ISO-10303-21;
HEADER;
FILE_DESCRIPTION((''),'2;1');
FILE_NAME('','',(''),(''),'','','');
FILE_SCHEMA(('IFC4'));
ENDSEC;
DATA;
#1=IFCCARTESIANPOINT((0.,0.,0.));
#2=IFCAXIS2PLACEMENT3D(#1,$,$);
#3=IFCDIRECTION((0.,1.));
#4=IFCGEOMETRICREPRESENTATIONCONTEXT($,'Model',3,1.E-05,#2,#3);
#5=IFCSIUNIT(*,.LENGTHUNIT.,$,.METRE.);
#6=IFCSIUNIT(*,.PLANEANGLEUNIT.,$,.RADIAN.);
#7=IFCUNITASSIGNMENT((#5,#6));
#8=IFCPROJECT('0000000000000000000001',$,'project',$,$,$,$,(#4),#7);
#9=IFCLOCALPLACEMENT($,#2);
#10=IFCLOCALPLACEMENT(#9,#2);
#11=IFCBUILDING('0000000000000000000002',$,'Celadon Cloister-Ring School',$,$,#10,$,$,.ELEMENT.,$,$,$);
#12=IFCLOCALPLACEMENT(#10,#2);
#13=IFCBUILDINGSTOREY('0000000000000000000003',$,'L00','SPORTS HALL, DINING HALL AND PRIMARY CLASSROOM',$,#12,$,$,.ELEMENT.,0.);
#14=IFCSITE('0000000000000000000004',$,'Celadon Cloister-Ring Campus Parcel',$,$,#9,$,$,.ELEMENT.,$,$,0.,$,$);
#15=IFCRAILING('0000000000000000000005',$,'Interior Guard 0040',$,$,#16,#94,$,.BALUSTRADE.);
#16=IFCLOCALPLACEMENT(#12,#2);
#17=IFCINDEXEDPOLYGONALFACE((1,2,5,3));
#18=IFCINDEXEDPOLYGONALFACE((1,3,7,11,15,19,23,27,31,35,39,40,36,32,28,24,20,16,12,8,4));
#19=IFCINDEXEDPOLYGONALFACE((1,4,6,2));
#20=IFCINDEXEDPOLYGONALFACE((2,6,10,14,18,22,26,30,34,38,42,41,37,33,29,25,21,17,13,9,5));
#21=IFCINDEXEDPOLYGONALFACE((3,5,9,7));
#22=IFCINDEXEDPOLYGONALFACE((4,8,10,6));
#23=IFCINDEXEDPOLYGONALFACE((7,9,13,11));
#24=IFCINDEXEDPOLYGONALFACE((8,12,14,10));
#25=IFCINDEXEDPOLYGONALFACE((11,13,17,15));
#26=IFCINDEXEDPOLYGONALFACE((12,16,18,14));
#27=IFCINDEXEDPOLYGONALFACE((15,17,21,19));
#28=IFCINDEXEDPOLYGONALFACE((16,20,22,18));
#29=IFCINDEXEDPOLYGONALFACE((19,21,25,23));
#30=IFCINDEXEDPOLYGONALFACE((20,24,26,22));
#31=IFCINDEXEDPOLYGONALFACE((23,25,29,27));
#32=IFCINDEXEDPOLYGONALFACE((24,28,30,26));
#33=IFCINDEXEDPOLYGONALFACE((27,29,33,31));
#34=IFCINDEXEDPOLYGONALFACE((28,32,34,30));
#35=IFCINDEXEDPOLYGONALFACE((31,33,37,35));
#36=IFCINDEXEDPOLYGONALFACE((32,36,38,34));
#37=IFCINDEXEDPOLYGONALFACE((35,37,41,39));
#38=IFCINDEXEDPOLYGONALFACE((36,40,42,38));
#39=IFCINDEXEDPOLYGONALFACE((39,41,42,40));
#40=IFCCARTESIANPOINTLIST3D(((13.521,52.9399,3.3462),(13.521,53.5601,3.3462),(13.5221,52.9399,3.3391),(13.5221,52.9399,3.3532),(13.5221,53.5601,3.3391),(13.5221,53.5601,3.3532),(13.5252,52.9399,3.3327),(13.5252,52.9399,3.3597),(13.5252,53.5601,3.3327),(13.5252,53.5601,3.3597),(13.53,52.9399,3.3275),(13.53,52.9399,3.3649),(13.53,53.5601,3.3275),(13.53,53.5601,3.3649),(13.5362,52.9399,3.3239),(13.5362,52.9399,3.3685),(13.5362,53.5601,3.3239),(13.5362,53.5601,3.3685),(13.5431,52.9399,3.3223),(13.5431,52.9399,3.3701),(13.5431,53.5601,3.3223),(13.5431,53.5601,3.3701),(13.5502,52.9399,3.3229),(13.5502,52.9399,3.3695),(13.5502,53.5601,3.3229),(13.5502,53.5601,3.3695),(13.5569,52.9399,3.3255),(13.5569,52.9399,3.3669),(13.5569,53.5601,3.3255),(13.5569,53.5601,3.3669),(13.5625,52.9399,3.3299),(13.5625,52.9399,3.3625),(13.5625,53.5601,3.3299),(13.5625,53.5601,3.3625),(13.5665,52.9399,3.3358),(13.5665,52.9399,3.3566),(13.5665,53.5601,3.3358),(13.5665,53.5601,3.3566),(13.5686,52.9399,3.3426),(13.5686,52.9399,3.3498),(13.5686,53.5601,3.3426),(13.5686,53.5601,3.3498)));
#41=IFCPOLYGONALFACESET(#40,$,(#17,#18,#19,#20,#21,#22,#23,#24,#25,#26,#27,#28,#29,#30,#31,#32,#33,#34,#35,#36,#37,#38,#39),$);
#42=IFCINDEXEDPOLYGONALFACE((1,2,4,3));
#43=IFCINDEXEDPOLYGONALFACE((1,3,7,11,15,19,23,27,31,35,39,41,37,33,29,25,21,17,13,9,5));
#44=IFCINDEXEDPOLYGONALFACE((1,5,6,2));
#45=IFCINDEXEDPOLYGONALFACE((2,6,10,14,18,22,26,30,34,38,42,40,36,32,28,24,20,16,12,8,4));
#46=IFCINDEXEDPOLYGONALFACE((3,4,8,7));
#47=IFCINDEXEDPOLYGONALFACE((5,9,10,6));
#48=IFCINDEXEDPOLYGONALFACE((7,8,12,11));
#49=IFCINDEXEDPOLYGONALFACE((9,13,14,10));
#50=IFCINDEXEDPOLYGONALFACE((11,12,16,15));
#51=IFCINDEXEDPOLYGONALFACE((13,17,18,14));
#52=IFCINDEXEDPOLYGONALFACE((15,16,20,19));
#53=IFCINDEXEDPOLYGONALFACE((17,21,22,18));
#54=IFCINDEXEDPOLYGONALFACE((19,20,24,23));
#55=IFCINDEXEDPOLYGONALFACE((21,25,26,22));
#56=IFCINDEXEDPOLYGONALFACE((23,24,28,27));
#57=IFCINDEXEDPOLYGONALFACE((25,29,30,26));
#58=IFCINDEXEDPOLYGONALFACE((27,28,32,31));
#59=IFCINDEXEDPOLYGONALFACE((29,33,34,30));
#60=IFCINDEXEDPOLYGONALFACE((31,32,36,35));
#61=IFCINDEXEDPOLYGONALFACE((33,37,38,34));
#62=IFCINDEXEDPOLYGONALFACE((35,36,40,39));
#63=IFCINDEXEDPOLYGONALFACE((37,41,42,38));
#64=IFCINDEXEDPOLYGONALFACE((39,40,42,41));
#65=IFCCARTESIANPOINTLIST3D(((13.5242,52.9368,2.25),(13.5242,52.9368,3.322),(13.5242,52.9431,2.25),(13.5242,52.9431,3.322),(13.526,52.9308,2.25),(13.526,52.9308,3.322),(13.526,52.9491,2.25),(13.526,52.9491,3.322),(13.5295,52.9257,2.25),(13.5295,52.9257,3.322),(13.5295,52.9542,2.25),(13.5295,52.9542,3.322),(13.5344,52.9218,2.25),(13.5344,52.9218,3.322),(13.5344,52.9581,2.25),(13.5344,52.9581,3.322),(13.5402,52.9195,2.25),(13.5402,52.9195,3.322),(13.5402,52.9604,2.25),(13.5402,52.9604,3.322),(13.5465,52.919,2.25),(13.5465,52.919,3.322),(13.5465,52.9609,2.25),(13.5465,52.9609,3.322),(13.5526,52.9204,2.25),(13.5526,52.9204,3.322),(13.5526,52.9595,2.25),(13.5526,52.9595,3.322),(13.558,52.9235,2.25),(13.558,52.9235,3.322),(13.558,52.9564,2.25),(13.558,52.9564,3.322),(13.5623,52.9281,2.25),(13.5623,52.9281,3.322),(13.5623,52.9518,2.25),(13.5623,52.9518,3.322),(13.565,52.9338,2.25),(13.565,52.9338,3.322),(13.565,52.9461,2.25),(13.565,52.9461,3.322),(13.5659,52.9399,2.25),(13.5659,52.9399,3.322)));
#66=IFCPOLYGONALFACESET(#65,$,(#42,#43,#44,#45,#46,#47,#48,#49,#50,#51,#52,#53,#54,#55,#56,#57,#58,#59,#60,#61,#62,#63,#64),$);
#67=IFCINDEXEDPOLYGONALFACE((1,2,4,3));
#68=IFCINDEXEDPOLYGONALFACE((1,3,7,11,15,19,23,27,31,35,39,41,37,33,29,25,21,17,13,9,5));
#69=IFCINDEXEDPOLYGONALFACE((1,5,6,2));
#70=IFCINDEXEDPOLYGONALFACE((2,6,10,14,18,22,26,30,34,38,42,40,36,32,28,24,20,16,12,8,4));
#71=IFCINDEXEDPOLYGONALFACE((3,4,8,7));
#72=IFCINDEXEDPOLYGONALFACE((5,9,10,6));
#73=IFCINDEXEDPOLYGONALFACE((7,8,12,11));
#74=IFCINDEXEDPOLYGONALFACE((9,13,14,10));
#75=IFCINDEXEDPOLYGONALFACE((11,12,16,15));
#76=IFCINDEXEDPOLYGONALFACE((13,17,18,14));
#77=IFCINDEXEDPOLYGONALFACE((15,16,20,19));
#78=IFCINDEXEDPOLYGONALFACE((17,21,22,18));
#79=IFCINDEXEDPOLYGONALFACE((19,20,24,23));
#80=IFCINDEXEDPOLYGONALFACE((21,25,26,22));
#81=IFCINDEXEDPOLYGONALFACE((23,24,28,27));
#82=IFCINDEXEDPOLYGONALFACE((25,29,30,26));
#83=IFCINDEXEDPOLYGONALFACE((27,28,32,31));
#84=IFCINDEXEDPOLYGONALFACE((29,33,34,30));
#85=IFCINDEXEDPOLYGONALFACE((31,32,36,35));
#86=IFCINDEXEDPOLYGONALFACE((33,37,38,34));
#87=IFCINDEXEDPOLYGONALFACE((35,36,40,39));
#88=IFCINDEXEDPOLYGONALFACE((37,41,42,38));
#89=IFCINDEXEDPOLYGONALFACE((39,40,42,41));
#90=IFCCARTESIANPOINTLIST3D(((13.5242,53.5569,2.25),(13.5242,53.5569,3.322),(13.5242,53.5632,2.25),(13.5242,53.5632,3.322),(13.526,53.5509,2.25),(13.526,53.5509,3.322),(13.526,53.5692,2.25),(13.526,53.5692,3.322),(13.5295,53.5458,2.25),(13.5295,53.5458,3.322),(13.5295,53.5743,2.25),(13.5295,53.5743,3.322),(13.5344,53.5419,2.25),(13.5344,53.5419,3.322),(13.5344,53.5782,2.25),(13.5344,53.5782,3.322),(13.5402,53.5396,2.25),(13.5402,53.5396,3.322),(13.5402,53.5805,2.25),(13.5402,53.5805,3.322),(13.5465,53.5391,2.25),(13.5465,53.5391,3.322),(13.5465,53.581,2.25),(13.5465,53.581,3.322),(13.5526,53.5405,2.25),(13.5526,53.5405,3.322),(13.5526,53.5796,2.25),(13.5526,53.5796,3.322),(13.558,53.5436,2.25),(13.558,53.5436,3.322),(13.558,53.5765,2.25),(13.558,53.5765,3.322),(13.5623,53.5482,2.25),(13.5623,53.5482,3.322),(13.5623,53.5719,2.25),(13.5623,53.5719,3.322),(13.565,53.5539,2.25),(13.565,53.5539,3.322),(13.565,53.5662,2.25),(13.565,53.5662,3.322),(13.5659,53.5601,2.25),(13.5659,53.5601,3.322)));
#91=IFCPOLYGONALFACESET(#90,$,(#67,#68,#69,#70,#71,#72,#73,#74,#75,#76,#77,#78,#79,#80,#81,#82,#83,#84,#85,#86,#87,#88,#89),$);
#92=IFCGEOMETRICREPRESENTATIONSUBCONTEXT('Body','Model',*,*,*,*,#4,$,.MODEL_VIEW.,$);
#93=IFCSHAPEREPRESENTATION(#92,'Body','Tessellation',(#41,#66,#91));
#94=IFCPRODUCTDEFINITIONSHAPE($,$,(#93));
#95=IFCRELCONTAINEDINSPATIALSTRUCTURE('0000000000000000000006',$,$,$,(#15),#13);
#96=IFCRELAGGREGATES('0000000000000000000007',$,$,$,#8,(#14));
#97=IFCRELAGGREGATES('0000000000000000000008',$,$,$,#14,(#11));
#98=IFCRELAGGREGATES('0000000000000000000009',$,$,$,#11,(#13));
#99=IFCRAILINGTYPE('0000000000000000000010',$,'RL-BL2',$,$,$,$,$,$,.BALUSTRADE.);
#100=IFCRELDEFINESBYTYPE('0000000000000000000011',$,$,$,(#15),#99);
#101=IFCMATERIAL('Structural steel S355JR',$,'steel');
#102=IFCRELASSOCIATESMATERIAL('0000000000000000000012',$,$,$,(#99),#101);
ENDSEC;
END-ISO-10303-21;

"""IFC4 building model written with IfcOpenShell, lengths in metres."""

from ifc_helpers import new_model, si_unit, direction, frame, origin, origin_2d, place, context, subcontext, project, spatial, circle, extrude, material, type_object, element, save


model = new_model("IFC4")

# Units and contexts
model_context = context("Model", 3, precision=1e-05, world=origin(), true_north=direction((0.0, 1.0)))
body_context = subcontext(model_context, "Body", "Model", "MODEL_VIEW")
ifc_project = project(units=[si_unit("LENGTHUNIT", "METRE"), si_unit("PLANEANGLEUNIT", "RADIAN")], contexts=[model_context])

# Site, building, storey
site_placement = place(None, origin())
site = spatial("IfcSite", under=ifc_project, at=site_placement, Name="Celadon Cloister-Ring Campus Parcel", CompositionType="ELEMENT", RefElevation=0.0)
building_placement = place(site_placement, origin())
building = spatial("IfcBuilding", under=site, at=building_placement, Name="Celadon Cloister-Ring School", CompositionType="ELEMENT")
storey_placement = place(building_placement, origin())
storey = spatial("IfcBuildingStorey", under=building, at=storey_placement, Name="L00", Description="SPORTS HALL, DINING HALL AND PRIMARY CLASSROOM", CompositionType="ELEMENT", Elevation=0.0)

# Railing
ifc_material_1 = material(Name="Structural steel S355JR", Category="steel")
railing_type_1 = type_object("IfcRailingType", Name="RL-BL2", PredefinedType="BALUSTRADE", material=ifc_material_1)
railing_placement = place(storey_placement, frame((13.5449, 52.9399, 2.25)))
element("IfcRailing", 1, at=railing_placement, inside=storey, type_object=railing_type_1, Name="Interior Guard 0040", PredefinedType="BALUSTRADE", context=body_context, shape_type="SweptSolid", body=[
    extrude(circle(Radius=0.0239, at=origin_2d()), frame((0.0, 0.0, 1.0962), z_axis=(0.0, 1.0, 0.0), x_axis=(-1.0, 0.0, 0.0)), (0.0, 0.0, 1.0), 0.6201),
    extrude(circle(Radius=0.021, at=origin_2d()), origin(), (0.0, 0.0, 1.0), 1.072),
    extrude(circle(Radius=0.021, at=origin_2d()), frame((0.0, 0.6201, 0.0)), (0.0, 0.0, 1.0), 1.072),
])

save(model, "model.ifc")
